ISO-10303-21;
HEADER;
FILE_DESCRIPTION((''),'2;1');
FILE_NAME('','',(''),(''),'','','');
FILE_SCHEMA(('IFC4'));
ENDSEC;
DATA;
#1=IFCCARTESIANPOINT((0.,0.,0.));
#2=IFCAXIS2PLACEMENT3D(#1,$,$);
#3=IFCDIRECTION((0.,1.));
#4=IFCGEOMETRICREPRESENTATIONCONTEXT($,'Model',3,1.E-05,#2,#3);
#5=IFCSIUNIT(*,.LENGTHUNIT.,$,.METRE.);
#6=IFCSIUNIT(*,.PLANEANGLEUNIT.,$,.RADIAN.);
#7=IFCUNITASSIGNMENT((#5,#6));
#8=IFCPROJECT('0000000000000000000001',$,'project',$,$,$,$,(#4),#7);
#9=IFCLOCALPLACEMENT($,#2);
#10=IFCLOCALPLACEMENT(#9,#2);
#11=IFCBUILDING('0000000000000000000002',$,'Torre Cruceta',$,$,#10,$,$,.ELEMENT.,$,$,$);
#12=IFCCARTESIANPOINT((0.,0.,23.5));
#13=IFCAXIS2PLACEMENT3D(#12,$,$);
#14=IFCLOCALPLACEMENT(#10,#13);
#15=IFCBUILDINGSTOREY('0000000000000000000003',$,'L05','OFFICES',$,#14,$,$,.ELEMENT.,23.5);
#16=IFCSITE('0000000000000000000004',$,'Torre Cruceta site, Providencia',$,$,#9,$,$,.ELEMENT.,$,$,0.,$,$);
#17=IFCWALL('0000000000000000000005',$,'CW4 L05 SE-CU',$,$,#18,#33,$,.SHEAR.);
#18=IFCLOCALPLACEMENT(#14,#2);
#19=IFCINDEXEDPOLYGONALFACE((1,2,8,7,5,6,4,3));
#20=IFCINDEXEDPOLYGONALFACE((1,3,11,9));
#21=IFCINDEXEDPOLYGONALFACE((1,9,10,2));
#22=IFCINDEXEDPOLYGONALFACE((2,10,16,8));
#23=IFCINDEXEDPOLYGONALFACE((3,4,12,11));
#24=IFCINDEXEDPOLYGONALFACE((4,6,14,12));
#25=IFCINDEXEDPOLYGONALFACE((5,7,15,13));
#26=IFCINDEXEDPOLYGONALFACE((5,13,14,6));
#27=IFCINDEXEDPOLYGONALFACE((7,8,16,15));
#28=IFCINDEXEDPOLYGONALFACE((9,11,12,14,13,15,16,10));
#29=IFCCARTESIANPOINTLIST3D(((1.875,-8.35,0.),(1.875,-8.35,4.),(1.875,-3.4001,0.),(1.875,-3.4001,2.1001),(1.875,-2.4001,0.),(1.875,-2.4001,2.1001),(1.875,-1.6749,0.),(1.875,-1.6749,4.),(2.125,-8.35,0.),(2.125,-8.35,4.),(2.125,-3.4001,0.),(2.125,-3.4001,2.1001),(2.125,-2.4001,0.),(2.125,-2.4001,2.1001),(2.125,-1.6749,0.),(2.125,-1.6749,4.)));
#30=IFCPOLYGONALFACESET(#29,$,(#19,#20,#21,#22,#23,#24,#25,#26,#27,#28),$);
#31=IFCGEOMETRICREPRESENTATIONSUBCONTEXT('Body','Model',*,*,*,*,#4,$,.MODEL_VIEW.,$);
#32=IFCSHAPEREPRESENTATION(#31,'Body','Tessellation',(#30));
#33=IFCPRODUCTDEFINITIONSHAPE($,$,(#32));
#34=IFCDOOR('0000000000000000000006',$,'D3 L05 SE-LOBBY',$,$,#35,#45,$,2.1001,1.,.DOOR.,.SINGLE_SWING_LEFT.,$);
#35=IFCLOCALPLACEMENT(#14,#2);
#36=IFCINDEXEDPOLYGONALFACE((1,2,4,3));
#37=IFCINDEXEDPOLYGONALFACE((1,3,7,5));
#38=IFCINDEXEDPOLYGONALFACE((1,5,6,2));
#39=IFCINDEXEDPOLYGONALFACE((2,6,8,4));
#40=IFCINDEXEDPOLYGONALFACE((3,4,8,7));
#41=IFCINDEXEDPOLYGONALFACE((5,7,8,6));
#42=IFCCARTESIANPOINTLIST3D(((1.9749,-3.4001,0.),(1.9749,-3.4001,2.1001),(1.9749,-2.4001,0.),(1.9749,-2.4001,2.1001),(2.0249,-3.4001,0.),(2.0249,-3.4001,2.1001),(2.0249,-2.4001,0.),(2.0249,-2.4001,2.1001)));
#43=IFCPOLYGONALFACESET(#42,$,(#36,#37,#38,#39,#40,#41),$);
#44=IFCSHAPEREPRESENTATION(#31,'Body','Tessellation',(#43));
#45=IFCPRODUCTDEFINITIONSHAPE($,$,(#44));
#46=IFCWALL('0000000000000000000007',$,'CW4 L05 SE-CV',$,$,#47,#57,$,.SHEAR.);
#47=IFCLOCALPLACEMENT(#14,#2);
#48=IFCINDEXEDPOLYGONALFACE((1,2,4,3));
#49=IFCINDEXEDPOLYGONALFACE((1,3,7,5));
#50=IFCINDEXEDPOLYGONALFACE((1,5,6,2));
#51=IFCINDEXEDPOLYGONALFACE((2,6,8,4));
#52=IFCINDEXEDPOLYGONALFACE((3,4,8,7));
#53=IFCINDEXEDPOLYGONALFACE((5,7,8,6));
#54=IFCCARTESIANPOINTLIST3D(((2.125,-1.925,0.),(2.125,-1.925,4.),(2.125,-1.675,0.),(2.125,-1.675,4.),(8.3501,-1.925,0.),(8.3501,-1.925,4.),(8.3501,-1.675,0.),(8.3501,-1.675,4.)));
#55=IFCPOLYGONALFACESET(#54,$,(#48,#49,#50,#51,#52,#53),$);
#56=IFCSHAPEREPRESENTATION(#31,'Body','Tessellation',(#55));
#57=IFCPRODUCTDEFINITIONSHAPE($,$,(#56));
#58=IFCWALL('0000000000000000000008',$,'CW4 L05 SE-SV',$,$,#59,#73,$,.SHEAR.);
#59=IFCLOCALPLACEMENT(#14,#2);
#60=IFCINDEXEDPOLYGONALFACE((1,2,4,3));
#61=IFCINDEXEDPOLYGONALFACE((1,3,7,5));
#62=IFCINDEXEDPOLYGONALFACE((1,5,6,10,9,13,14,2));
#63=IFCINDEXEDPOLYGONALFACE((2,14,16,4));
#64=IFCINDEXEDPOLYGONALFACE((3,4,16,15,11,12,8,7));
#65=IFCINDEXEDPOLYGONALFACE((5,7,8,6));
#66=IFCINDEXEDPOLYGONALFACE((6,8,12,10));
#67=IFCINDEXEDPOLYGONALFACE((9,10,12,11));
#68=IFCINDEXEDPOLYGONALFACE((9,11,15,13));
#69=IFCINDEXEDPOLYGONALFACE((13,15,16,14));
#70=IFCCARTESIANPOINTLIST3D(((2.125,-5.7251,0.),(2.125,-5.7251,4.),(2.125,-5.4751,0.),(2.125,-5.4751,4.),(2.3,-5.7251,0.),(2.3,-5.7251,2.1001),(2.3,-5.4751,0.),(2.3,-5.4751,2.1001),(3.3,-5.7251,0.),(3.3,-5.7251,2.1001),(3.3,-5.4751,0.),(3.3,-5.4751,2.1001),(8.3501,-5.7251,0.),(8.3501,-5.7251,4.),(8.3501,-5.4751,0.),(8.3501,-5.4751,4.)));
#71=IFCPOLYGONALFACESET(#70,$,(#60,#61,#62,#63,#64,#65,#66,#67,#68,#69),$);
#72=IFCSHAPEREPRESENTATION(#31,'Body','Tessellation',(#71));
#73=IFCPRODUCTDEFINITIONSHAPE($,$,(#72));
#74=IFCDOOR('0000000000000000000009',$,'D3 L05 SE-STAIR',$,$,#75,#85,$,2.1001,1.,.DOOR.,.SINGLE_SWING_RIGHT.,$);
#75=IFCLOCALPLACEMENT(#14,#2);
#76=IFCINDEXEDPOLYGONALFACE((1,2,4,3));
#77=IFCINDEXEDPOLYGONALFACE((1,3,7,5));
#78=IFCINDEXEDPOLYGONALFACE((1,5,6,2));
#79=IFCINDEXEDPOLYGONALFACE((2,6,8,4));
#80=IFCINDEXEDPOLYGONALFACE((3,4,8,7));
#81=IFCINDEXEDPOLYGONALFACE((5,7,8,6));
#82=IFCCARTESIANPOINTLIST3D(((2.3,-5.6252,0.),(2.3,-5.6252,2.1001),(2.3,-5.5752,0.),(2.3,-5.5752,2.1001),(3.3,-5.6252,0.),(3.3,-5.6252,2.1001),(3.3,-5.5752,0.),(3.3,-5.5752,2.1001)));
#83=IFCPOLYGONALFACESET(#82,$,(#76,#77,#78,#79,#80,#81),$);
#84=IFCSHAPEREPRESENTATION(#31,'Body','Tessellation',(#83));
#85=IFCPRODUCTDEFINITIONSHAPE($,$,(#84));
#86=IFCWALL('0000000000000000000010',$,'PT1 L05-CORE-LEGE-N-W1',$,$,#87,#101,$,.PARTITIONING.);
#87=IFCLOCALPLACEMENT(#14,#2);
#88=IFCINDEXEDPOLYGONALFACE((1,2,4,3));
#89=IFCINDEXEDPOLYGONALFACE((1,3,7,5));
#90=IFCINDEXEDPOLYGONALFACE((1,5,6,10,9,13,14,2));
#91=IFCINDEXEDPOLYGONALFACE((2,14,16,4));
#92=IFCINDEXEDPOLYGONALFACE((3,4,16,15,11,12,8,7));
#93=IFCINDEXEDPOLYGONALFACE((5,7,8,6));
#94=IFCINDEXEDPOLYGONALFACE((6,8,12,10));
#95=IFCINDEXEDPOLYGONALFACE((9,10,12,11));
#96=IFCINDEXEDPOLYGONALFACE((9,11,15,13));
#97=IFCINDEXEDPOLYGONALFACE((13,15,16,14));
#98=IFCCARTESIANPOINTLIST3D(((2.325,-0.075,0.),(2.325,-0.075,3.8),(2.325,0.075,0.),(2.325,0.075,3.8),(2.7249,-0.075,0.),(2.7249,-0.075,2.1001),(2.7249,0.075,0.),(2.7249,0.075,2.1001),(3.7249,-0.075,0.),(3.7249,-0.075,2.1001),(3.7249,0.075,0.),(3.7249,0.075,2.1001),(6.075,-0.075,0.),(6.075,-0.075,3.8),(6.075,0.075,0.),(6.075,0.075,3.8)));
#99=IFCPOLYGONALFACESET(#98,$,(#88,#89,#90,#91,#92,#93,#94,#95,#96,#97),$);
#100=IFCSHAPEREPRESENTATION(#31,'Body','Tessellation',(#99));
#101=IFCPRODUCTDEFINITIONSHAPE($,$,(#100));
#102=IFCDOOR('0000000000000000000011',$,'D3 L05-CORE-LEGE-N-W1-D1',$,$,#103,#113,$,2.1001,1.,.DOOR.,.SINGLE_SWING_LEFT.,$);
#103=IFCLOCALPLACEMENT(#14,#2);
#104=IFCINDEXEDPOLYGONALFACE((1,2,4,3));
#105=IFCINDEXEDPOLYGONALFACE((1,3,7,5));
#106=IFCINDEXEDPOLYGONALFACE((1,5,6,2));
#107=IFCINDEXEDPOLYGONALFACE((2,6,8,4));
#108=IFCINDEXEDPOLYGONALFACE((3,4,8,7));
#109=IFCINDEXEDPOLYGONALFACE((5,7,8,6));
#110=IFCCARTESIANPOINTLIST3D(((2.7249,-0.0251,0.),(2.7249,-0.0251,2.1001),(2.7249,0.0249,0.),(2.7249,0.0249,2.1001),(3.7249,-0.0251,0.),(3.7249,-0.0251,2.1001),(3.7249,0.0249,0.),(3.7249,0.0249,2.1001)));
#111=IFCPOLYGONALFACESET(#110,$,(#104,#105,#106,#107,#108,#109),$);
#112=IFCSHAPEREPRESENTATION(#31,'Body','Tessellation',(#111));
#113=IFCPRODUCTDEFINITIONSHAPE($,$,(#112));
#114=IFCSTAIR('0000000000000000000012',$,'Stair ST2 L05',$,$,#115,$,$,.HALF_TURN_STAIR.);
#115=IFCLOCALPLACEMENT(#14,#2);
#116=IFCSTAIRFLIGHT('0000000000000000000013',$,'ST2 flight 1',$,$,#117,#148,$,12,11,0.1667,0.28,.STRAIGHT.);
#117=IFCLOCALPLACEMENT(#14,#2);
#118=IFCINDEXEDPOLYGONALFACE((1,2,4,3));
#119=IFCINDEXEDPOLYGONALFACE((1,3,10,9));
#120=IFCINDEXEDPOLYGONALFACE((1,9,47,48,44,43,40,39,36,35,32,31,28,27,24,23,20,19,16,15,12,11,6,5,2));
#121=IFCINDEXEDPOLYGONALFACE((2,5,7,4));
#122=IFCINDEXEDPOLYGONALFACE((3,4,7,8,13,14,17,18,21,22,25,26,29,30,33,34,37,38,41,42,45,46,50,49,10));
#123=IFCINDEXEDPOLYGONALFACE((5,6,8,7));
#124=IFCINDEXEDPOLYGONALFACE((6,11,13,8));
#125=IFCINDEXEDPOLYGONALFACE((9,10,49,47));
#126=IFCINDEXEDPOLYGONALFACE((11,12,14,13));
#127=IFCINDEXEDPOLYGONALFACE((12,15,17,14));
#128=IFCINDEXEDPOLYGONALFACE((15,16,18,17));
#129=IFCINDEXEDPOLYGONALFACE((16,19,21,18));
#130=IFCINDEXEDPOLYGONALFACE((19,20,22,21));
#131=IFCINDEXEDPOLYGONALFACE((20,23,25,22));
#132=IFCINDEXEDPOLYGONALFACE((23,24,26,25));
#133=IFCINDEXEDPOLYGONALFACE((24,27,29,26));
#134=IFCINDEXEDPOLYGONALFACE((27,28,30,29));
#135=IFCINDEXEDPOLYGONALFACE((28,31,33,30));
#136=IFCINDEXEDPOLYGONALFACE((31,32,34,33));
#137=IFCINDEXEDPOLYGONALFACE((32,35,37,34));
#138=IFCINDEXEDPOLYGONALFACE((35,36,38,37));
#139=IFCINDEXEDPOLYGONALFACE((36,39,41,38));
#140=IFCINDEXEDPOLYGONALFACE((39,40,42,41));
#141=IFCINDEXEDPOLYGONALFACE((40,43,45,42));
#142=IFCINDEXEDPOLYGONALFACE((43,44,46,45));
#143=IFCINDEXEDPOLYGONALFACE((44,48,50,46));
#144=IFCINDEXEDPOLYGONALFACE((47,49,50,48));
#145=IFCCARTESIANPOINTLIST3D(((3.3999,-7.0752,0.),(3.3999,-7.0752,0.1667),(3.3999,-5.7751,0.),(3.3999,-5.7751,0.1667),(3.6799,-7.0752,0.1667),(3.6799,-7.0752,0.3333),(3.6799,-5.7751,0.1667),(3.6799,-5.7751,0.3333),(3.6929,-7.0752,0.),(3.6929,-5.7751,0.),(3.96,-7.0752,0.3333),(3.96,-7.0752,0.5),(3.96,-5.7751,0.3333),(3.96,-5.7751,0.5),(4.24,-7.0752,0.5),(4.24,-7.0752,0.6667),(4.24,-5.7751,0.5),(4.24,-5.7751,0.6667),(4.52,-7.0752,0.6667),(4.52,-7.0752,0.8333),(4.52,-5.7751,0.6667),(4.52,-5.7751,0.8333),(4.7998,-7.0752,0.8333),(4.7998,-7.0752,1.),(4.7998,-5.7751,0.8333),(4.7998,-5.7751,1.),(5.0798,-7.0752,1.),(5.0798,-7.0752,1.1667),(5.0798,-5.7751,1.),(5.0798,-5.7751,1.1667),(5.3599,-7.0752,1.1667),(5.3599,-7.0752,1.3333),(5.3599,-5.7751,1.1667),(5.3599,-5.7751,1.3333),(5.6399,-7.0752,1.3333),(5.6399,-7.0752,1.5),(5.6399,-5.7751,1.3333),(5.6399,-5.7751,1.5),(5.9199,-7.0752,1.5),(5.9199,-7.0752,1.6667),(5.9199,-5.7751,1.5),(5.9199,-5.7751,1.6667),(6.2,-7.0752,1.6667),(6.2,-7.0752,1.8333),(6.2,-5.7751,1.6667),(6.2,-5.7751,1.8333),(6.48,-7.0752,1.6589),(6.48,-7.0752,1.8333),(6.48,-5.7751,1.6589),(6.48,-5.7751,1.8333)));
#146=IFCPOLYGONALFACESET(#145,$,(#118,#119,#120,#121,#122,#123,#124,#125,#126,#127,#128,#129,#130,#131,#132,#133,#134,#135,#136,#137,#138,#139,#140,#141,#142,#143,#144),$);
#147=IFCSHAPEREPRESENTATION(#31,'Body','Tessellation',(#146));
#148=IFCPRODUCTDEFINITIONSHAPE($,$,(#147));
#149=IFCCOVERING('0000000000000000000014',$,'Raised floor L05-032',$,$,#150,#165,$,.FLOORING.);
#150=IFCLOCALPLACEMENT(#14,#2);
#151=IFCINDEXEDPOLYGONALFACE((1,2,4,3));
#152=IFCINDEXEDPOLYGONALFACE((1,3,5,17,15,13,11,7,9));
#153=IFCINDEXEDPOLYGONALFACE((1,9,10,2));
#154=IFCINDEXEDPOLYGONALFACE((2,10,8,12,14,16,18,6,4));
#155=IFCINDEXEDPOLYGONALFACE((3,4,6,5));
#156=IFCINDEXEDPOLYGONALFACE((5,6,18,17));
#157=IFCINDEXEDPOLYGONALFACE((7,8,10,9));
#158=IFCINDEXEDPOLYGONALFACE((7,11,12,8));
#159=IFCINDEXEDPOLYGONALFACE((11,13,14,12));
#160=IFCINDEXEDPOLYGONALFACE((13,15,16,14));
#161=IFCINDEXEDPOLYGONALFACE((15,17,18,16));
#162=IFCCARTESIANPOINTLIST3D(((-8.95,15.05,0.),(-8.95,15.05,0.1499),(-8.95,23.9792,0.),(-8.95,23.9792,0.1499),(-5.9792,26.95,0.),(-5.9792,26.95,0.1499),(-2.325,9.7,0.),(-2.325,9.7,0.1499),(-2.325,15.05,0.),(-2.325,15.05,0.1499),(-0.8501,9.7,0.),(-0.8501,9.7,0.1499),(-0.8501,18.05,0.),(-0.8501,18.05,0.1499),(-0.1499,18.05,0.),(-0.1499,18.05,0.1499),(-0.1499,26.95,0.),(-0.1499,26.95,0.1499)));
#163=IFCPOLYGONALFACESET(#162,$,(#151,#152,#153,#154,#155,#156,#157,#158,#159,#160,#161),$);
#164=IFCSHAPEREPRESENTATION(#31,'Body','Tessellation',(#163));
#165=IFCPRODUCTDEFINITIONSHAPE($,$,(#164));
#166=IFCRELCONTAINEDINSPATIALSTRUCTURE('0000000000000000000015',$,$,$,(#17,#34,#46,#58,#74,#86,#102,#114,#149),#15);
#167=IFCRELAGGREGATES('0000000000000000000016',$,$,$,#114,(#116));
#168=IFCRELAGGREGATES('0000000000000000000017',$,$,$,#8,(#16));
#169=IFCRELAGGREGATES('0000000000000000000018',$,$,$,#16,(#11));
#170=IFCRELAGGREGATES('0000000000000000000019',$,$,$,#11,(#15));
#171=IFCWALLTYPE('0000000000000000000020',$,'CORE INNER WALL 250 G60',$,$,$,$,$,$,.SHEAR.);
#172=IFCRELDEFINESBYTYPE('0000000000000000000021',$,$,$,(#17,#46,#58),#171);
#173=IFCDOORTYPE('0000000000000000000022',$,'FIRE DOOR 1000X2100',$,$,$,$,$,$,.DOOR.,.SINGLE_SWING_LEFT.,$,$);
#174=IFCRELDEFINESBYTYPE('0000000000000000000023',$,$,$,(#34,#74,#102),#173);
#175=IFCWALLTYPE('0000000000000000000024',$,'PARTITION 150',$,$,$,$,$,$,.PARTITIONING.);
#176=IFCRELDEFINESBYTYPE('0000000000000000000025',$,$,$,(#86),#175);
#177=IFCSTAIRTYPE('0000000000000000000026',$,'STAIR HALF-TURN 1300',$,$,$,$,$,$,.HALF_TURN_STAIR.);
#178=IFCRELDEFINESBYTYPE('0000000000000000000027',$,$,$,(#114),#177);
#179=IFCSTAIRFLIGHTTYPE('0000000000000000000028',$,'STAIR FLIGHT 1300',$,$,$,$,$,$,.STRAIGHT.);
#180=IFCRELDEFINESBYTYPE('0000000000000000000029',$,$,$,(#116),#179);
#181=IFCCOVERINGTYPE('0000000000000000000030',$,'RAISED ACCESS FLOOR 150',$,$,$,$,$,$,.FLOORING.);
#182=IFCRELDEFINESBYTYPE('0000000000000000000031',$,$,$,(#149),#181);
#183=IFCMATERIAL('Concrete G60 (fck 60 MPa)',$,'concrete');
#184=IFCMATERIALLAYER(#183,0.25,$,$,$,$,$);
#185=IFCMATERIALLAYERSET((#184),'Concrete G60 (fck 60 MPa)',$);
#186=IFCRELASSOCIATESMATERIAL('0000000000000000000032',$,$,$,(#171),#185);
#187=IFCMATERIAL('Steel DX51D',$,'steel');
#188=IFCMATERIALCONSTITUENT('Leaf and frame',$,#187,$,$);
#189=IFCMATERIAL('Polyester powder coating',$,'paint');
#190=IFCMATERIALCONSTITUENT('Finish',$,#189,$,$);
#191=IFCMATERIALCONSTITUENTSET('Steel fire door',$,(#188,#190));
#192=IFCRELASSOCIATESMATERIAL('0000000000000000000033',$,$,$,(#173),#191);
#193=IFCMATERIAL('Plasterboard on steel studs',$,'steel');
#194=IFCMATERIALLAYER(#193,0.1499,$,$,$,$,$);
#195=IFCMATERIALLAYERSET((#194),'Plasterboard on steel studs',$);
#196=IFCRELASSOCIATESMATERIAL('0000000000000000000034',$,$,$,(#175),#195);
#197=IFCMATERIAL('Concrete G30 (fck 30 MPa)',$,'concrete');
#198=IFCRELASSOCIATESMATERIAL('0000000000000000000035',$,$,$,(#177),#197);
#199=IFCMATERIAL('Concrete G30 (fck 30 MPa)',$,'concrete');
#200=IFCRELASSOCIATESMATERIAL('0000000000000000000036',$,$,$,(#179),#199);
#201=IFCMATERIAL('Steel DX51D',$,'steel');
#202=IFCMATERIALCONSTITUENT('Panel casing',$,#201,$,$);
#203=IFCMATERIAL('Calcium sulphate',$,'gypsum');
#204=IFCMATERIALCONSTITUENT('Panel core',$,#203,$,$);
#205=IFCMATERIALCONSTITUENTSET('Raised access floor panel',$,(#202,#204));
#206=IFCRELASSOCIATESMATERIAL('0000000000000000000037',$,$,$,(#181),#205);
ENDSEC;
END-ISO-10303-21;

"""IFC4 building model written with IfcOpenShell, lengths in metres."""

from ifc_helpers import new_model, si_unit, direction, frame, frame_2d, origin, place, context, subcontext, project, spatial, polyline, rectangle, outline, extrude, material, layer, layer_set, constituent, constituent_set, type_object, element, fill, aggregate, save


model = new_model("IFC4")

# Units and contexts
model_context = context("Model", 3, precision=1e-05, world=origin(), true_north=direction((0.0, 1.0)))
body_context = subcontext(model_context, "Body", "Model", "MODEL_VIEW")
ifc_project = project(units=[si_unit("LENGTHUNIT", "METRE"), si_unit("PLANEANGLEUNIT", "RADIAN")], contexts=[model_context])

# Site, building, storey
site_placement = place(None, origin())
site = spatial("IfcSite", under=ifc_project, at=site_placement, Name="Torre Cruceta site, Providencia", CompositionType="ELEMENT", RefElevation=0.0)
building_placement = place(site_placement, origin())
building = spatial("IfcBuilding", under=site, at=building_placement, Name="Torre Cruceta", CompositionType="ELEMENT")
storey_placement = place(building_placement, frame((0.0, 0.0, 23.5)))
storey = spatial("IfcBuildingStorey", under=building, at=storey_placement, Name="L05", Description="OFFICES", CompositionType="ELEMENT", Elevation=23.5)

# Wall, opening, door
ifc_material_1 = material(Name="Concrete G60 (fck 60 MPa)", Category="concrete")
ifc_layer_1 = layer(ifc_material_1, 0.25)
ifc_layer_set_1 = layer_set([ifc_layer_1], Name="Concrete G60 (fck 60 MPa)")
wall_type_1 = type_object("IfcWallType", Name="CORE INNER WALL 250 G60", PredefinedType="SHEAR", material=ifc_layer_set_1)
wall_1_placement = place(storey_placement, frame((2.0, -1.675, 0.0), z_axis=(0.0, 0.0, 1.0), x_axis=(0.0, -1.0, 0.0)))
wall_1 = element("IfcWall", 1, at=wall_1_placement, inside=storey, type_object=wall_type_1, Name="CW4 L05 SE-CU", PredefinedType="SHEAR", context=body_context, shape_type="SweptSolid", body=[
    extrude(rectangle(XDim=6.675, YDim=0.25, at=frame_2d((3.3374, 0.0))), origin(), (0.0, 0.0, 1.0), 4.0),
])
opening_1_placement = place(wall_1_placement, frame((0.7251, 0.0, 0.0)))
opening_1 = element("IfcOpeningElement", 2, at=opening_1_placement, cuts=wall_1, PredefinedType="OPENING", context=body_context, shape_type="SweptSolid", body=[
    extrude(rectangle(XDim=1.0, YDim=2.1001, at=frame_2d((0.5, 1.05))), frame((0.0, 0.135, 0.0), z_axis=(0.0, -1.0, 0.0), x_axis=(1.0, 0.0, 0.0)), (0.0, 0.0, 1.0), 0.27),
])
ifc_material_2 = material(Name="Steel DX51D", Category="steel")
ifc_constituent_1 = constituent(ifc_material_2, Name="Leaf and frame")
ifc_material_3 = material(Name="Polyester powder coating", Category="paint")
ifc_constituent_2 = constituent(ifc_material_3, Name="Finish")
ifc_constituent_set_1 = constituent_set(constituents=[ifc_constituent_1, ifc_constituent_2], Name="Steel fire door")
door_type = type_object("IfcDoorType", Name="FIRE DOOR 1000X2100", OperationType="SINGLE_SWING_LEFT", PredefinedType="DOOR", material=ifc_constituent_set_1)
door_1_placement = place(opening_1_placement, origin())
door_1 = element("IfcDoor", 3, at=door_1_placement, inside=storey, type_object=door_type, Name="D3 L05 SE-LOBBY", OperationType="SINGLE_SWING_LEFT", OverallHeight=2.1001, OverallWidth=1.0, PredefinedType="DOOR", context=body_context, shape_type="SweptSolid", body=[
    extrude(rectangle(XDim=1.0, YDim=2.1001, at=frame_2d((0.5, 1.05))), frame((0.0, 0.0249, 0.0), z_axis=(0.0, -1.0, 0.0), x_axis=(1.0, 0.0, 0.0)), (0.0, 0.0, 1.0), 0.05),
])
fill(opening_1, door_1)

# Wall
wall_2_placement = place(storey_placement, frame((2.125, -1.8, 0.0), z_axis=(0.0, 0.0, 1.0), x_axis=(1.0, 0.0, 0.0)))
element("IfcWall", 4, at=wall_2_placement, inside=storey, type_object=wall_type_1, Name="CW4 L05 SE-CV", PredefinedType="SHEAR", context=body_context, shape_type="SweptSolid", body=[
    extrude(rectangle(XDim=6.2251, YDim=0.25, at=frame_2d((3.1125, 0.0))), origin(), (0.0, 0.0, 1.0), 4.0),
])

# Walls, openings, doors
wall_3_placement = place(storey_placement, frame((2.125, -5.6001, 0.0), z_axis=(0.0, 0.0, 1.0), x_axis=(1.0, 0.0, 0.0)))
wall_3 = element("IfcWall", 5, at=wall_3_placement, inside=storey, type_object=wall_type_1, Name="CW4 L05 SE-SV", PredefinedType="SHEAR", context=body_context, shape_type="SweptSolid", body=[
    extrude(rectangle(XDim=6.2251, YDim=0.25, at=frame_2d((3.1125, 0.0))), origin(), (0.0, 0.0, 1.0), 4.0),
])
opening_2_placement = place(wall_3_placement, frame((0.175, 0.0, 0.0)))
opening_2 = element("IfcOpeningElement", 6, at=opening_2_placement, cuts=wall_3, PredefinedType="OPENING", context=body_context, shape_type="SweptSolid", body=[
    extrude(rectangle(XDim=1.0, YDim=2.1001, at=frame_2d((0.5, 1.05))), frame((0.0, 0.135, 0.0), z_axis=(0.0, -1.0, 0.0), x_axis=(1.0, 0.0, 0.0)), (0.0, 0.0, 1.0), 0.27),
])
door_2_placement = place(opening_2_placement, frame((1.0, 0.0, 0.0), z_axis=(0.0, 0.0, 1.0), x_axis=(-1.0, 0.0, 0.0)))
door_2 = element("IfcDoor", 7, at=door_2_placement, inside=storey, type_object=door_type, Name="D3 L05 SE-STAIR", OperationType="SINGLE_SWING_RIGHT", OverallHeight=2.1001, OverallWidth=1.0, PredefinedType="DOOR", context=body_context, shape_type="SweptSolid", body=[
    extrude(rectangle(XDim=1.0, YDim=2.1001, at=frame_2d((0.5, 1.05))), frame((0.0, 0.0251, 0.0), z_axis=(0.0, -1.0, 0.0), x_axis=(1.0, 0.0, 0.0)), (0.0, 0.0, 1.0), 0.05),
])
fill(opening_2, door_2)
ifc_material_4 = material(Name="Plasterboard on steel studs", Category="steel")
ifc_layer_2 = layer(ifc_material_4, 0.1499)
ifc_layer_set_2 = layer_set([ifc_layer_2], Name="Plasterboard on steel studs")
wall_type_2 = type_object("IfcWallType", Name="PARTITION 150", PredefinedType="PARTITIONING", material=ifc_layer_set_2)
wall_4_placement = place(storey_placement, frame((2.325, 0.0, 0.0), z_axis=(0.0, 0.0, 1.0), x_axis=(1.0, 0.0, 0.0)))
wall_4 = element("IfcWall", 8, at=wall_4_placement, inside=storey, type_object=wall_type_2, Name="PT1 L05-CORE-LEGE-N-W1", PredefinedType="PARTITIONING", context=body_context, shape_type="SweptSolid", body=[
    extrude(rectangle(XDim=3.75, YDim=0.1499, at=frame_2d((1.875, 0.0))), origin(), (0.0, 0.0, 1.0), 3.8),
])
opening_3_placement = place(wall_4_placement, frame((0.3999, 0.0, 0.0)))
opening_3 = element("IfcOpeningElement", 9, at=opening_3_placement, cuts=wall_4, PredefinedType="OPENING", context=body_context, shape_type="SweptSolid", body=[
    extrude(rectangle(XDim=1.0, YDim=2.1001, at=frame_2d((0.5, 1.05))), frame((0.0, 0.085, 0.0), z_axis=(0.0, -1.0, 0.0), x_axis=(1.0, 0.0, 0.0)), (0.0, 0.0, 1.0), 0.1699),
])
door_3_placement = place(opening_3_placement, origin())
door_3 = element("IfcDoor", 10, at=door_3_placement, inside=storey, type_object=door_type, Name="D3 L05-CORE-LEGE-N-W1-D1", OperationType="SINGLE_SWING_LEFT", OverallHeight=2.1001, OverallWidth=1.0, PredefinedType="DOOR", context=body_context, shape_type="SweptSolid", body=[
    extrude(rectangle(XDim=1.0, YDim=2.1001, at=frame_2d((0.5, 1.05))), frame((0.0, 0.0249, 0.0), z_axis=(0.0, -1.0, 0.0), x_axis=(1.0, 0.0, 0.0)), (0.0, 0.0, 1.0), 0.05),
])
fill(opening_3, door_3)

# Stair, stair flight
ifc_material_5 = material(Name="Concrete G30 (fck 30 MPa)", Category="concrete")
stair_type = type_object("IfcStairType", Name="STAIR HALF-TURN 1300", PredefinedType="HALF_TURN_STAIR", material=ifc_material_5)
stair_placement = place(storey_placement, origin())
stair = element("IfcStair", 11, at=stair_placement, inside=storey, type_object=stair_type, Name="Stair ST2 L05", PredefinedType="HALF_TURN_STAIR")
ifc_material_6 = material(Name="Concrete G30 (fck 30 MPa)", Category="concrete")
stair_flight_type = type_object("IfcStairFlightType", Name="STAIR FLIGHT 1300", PredefinedType="STRAIGHT", material=ifc_material_6)
stair_flight_placement = place(storey_placement, frame((3.3999, -6.425, 0.0), z_axis=(0.0, 0.0, 1.0), x_axis=(1.0, 0.0, 0.0)))
stair_flight = element("IfcStairFlight", 12, at=stair_flight_placement, type_object=stair_flight_type, Name="ST2 flight 1", NumberOfRisers=12, NumberOfTreads=11, PredefinedType="STRAIGHT", RiserHeight=0.1667, TreadLength=0.28, context=body_context, shape_type="SweptSolid", body=[
    extrude(outline(polyline([(0.0, 0.0), (0.0, 0.1667), (0.28, 0.1667), (0.28, 0.3333), (0.5601, 0.3333), (0.5601, 0.5), (0.8401, 0.5), (0.8401, 0.6667), (1.1201, 0.6667), (1.1201, 0.8333), (1.3999, 0.8333), (1.3999, 1.0), (1.6799, 1.0), (1.6799, 1.1667), (1.96, 1.1667), (1.96, 1.3333), (2.24, 1.3333), (2.24, 1.5), (2.52, 1.5), (2.52, 1.6667), (2.8, 1.6667), (2.8, 1.8333), (3.0801, 1.8333), (3.0801, 2.0), (3.0801, 1.6589), (0.293, 0.0), (0.0, 0.0)])), frame((0.0, 0.6499, 0.0), z_axis=(0.0, -1.0, 0.0), x_axis=(1.0, 0.0, 0.0)), (0.0, 0.0, 1.0), 1.3),
])
aggregate(stair, [stair_flight])

# Covering
ifc_material_7 = material(Name="Steel DX51D", Category="steel")
ifc_constituent_3 = constituent(ifc_material_7, Name="Panel casing")
ifc_material_8 = material(Name="Calcium sulphate", Category="gypsum")
ifc_constituent_4 = constituent(ifc_material_8, Name="Panel core")
ifc_constituent_set_2 = constituent_set(constituents=[ifc_constituent_3, ifc_constituent_4], Name="Raised access floor panel")
covering_type_1 = type_object("IfcCoveringType", Name="RAISED ACCESS FLOOR 150", PredefinedType="FLOORING", material=ifc_constituent_set_2)
covering_1_placement = place(storey_placement, origin())
element("IfcCovering", 13, at=covering_1_placement, inside=storey, type_object=covering_type_1, Name="Raised floor L05-032", PredefinedType="FLOORING", context=body_context, shape_type="SweptSolid", body=[
    extrude(outline(polyline([(-0.1499, 26.95), (-0.1499, 18.05), (-0.8501, 18.05), (-0.8501, 9.7), (-2.325, 9.7), (-2.325, 15.05), (-8.95, 15.05), (-8.95, 23.9792), (-5.9792, 26.95), (-0.1499, 26.95)])), origin(), (0.0, 0.0, 1.0), 0.1499),
])

save(model, "model.ifc")
